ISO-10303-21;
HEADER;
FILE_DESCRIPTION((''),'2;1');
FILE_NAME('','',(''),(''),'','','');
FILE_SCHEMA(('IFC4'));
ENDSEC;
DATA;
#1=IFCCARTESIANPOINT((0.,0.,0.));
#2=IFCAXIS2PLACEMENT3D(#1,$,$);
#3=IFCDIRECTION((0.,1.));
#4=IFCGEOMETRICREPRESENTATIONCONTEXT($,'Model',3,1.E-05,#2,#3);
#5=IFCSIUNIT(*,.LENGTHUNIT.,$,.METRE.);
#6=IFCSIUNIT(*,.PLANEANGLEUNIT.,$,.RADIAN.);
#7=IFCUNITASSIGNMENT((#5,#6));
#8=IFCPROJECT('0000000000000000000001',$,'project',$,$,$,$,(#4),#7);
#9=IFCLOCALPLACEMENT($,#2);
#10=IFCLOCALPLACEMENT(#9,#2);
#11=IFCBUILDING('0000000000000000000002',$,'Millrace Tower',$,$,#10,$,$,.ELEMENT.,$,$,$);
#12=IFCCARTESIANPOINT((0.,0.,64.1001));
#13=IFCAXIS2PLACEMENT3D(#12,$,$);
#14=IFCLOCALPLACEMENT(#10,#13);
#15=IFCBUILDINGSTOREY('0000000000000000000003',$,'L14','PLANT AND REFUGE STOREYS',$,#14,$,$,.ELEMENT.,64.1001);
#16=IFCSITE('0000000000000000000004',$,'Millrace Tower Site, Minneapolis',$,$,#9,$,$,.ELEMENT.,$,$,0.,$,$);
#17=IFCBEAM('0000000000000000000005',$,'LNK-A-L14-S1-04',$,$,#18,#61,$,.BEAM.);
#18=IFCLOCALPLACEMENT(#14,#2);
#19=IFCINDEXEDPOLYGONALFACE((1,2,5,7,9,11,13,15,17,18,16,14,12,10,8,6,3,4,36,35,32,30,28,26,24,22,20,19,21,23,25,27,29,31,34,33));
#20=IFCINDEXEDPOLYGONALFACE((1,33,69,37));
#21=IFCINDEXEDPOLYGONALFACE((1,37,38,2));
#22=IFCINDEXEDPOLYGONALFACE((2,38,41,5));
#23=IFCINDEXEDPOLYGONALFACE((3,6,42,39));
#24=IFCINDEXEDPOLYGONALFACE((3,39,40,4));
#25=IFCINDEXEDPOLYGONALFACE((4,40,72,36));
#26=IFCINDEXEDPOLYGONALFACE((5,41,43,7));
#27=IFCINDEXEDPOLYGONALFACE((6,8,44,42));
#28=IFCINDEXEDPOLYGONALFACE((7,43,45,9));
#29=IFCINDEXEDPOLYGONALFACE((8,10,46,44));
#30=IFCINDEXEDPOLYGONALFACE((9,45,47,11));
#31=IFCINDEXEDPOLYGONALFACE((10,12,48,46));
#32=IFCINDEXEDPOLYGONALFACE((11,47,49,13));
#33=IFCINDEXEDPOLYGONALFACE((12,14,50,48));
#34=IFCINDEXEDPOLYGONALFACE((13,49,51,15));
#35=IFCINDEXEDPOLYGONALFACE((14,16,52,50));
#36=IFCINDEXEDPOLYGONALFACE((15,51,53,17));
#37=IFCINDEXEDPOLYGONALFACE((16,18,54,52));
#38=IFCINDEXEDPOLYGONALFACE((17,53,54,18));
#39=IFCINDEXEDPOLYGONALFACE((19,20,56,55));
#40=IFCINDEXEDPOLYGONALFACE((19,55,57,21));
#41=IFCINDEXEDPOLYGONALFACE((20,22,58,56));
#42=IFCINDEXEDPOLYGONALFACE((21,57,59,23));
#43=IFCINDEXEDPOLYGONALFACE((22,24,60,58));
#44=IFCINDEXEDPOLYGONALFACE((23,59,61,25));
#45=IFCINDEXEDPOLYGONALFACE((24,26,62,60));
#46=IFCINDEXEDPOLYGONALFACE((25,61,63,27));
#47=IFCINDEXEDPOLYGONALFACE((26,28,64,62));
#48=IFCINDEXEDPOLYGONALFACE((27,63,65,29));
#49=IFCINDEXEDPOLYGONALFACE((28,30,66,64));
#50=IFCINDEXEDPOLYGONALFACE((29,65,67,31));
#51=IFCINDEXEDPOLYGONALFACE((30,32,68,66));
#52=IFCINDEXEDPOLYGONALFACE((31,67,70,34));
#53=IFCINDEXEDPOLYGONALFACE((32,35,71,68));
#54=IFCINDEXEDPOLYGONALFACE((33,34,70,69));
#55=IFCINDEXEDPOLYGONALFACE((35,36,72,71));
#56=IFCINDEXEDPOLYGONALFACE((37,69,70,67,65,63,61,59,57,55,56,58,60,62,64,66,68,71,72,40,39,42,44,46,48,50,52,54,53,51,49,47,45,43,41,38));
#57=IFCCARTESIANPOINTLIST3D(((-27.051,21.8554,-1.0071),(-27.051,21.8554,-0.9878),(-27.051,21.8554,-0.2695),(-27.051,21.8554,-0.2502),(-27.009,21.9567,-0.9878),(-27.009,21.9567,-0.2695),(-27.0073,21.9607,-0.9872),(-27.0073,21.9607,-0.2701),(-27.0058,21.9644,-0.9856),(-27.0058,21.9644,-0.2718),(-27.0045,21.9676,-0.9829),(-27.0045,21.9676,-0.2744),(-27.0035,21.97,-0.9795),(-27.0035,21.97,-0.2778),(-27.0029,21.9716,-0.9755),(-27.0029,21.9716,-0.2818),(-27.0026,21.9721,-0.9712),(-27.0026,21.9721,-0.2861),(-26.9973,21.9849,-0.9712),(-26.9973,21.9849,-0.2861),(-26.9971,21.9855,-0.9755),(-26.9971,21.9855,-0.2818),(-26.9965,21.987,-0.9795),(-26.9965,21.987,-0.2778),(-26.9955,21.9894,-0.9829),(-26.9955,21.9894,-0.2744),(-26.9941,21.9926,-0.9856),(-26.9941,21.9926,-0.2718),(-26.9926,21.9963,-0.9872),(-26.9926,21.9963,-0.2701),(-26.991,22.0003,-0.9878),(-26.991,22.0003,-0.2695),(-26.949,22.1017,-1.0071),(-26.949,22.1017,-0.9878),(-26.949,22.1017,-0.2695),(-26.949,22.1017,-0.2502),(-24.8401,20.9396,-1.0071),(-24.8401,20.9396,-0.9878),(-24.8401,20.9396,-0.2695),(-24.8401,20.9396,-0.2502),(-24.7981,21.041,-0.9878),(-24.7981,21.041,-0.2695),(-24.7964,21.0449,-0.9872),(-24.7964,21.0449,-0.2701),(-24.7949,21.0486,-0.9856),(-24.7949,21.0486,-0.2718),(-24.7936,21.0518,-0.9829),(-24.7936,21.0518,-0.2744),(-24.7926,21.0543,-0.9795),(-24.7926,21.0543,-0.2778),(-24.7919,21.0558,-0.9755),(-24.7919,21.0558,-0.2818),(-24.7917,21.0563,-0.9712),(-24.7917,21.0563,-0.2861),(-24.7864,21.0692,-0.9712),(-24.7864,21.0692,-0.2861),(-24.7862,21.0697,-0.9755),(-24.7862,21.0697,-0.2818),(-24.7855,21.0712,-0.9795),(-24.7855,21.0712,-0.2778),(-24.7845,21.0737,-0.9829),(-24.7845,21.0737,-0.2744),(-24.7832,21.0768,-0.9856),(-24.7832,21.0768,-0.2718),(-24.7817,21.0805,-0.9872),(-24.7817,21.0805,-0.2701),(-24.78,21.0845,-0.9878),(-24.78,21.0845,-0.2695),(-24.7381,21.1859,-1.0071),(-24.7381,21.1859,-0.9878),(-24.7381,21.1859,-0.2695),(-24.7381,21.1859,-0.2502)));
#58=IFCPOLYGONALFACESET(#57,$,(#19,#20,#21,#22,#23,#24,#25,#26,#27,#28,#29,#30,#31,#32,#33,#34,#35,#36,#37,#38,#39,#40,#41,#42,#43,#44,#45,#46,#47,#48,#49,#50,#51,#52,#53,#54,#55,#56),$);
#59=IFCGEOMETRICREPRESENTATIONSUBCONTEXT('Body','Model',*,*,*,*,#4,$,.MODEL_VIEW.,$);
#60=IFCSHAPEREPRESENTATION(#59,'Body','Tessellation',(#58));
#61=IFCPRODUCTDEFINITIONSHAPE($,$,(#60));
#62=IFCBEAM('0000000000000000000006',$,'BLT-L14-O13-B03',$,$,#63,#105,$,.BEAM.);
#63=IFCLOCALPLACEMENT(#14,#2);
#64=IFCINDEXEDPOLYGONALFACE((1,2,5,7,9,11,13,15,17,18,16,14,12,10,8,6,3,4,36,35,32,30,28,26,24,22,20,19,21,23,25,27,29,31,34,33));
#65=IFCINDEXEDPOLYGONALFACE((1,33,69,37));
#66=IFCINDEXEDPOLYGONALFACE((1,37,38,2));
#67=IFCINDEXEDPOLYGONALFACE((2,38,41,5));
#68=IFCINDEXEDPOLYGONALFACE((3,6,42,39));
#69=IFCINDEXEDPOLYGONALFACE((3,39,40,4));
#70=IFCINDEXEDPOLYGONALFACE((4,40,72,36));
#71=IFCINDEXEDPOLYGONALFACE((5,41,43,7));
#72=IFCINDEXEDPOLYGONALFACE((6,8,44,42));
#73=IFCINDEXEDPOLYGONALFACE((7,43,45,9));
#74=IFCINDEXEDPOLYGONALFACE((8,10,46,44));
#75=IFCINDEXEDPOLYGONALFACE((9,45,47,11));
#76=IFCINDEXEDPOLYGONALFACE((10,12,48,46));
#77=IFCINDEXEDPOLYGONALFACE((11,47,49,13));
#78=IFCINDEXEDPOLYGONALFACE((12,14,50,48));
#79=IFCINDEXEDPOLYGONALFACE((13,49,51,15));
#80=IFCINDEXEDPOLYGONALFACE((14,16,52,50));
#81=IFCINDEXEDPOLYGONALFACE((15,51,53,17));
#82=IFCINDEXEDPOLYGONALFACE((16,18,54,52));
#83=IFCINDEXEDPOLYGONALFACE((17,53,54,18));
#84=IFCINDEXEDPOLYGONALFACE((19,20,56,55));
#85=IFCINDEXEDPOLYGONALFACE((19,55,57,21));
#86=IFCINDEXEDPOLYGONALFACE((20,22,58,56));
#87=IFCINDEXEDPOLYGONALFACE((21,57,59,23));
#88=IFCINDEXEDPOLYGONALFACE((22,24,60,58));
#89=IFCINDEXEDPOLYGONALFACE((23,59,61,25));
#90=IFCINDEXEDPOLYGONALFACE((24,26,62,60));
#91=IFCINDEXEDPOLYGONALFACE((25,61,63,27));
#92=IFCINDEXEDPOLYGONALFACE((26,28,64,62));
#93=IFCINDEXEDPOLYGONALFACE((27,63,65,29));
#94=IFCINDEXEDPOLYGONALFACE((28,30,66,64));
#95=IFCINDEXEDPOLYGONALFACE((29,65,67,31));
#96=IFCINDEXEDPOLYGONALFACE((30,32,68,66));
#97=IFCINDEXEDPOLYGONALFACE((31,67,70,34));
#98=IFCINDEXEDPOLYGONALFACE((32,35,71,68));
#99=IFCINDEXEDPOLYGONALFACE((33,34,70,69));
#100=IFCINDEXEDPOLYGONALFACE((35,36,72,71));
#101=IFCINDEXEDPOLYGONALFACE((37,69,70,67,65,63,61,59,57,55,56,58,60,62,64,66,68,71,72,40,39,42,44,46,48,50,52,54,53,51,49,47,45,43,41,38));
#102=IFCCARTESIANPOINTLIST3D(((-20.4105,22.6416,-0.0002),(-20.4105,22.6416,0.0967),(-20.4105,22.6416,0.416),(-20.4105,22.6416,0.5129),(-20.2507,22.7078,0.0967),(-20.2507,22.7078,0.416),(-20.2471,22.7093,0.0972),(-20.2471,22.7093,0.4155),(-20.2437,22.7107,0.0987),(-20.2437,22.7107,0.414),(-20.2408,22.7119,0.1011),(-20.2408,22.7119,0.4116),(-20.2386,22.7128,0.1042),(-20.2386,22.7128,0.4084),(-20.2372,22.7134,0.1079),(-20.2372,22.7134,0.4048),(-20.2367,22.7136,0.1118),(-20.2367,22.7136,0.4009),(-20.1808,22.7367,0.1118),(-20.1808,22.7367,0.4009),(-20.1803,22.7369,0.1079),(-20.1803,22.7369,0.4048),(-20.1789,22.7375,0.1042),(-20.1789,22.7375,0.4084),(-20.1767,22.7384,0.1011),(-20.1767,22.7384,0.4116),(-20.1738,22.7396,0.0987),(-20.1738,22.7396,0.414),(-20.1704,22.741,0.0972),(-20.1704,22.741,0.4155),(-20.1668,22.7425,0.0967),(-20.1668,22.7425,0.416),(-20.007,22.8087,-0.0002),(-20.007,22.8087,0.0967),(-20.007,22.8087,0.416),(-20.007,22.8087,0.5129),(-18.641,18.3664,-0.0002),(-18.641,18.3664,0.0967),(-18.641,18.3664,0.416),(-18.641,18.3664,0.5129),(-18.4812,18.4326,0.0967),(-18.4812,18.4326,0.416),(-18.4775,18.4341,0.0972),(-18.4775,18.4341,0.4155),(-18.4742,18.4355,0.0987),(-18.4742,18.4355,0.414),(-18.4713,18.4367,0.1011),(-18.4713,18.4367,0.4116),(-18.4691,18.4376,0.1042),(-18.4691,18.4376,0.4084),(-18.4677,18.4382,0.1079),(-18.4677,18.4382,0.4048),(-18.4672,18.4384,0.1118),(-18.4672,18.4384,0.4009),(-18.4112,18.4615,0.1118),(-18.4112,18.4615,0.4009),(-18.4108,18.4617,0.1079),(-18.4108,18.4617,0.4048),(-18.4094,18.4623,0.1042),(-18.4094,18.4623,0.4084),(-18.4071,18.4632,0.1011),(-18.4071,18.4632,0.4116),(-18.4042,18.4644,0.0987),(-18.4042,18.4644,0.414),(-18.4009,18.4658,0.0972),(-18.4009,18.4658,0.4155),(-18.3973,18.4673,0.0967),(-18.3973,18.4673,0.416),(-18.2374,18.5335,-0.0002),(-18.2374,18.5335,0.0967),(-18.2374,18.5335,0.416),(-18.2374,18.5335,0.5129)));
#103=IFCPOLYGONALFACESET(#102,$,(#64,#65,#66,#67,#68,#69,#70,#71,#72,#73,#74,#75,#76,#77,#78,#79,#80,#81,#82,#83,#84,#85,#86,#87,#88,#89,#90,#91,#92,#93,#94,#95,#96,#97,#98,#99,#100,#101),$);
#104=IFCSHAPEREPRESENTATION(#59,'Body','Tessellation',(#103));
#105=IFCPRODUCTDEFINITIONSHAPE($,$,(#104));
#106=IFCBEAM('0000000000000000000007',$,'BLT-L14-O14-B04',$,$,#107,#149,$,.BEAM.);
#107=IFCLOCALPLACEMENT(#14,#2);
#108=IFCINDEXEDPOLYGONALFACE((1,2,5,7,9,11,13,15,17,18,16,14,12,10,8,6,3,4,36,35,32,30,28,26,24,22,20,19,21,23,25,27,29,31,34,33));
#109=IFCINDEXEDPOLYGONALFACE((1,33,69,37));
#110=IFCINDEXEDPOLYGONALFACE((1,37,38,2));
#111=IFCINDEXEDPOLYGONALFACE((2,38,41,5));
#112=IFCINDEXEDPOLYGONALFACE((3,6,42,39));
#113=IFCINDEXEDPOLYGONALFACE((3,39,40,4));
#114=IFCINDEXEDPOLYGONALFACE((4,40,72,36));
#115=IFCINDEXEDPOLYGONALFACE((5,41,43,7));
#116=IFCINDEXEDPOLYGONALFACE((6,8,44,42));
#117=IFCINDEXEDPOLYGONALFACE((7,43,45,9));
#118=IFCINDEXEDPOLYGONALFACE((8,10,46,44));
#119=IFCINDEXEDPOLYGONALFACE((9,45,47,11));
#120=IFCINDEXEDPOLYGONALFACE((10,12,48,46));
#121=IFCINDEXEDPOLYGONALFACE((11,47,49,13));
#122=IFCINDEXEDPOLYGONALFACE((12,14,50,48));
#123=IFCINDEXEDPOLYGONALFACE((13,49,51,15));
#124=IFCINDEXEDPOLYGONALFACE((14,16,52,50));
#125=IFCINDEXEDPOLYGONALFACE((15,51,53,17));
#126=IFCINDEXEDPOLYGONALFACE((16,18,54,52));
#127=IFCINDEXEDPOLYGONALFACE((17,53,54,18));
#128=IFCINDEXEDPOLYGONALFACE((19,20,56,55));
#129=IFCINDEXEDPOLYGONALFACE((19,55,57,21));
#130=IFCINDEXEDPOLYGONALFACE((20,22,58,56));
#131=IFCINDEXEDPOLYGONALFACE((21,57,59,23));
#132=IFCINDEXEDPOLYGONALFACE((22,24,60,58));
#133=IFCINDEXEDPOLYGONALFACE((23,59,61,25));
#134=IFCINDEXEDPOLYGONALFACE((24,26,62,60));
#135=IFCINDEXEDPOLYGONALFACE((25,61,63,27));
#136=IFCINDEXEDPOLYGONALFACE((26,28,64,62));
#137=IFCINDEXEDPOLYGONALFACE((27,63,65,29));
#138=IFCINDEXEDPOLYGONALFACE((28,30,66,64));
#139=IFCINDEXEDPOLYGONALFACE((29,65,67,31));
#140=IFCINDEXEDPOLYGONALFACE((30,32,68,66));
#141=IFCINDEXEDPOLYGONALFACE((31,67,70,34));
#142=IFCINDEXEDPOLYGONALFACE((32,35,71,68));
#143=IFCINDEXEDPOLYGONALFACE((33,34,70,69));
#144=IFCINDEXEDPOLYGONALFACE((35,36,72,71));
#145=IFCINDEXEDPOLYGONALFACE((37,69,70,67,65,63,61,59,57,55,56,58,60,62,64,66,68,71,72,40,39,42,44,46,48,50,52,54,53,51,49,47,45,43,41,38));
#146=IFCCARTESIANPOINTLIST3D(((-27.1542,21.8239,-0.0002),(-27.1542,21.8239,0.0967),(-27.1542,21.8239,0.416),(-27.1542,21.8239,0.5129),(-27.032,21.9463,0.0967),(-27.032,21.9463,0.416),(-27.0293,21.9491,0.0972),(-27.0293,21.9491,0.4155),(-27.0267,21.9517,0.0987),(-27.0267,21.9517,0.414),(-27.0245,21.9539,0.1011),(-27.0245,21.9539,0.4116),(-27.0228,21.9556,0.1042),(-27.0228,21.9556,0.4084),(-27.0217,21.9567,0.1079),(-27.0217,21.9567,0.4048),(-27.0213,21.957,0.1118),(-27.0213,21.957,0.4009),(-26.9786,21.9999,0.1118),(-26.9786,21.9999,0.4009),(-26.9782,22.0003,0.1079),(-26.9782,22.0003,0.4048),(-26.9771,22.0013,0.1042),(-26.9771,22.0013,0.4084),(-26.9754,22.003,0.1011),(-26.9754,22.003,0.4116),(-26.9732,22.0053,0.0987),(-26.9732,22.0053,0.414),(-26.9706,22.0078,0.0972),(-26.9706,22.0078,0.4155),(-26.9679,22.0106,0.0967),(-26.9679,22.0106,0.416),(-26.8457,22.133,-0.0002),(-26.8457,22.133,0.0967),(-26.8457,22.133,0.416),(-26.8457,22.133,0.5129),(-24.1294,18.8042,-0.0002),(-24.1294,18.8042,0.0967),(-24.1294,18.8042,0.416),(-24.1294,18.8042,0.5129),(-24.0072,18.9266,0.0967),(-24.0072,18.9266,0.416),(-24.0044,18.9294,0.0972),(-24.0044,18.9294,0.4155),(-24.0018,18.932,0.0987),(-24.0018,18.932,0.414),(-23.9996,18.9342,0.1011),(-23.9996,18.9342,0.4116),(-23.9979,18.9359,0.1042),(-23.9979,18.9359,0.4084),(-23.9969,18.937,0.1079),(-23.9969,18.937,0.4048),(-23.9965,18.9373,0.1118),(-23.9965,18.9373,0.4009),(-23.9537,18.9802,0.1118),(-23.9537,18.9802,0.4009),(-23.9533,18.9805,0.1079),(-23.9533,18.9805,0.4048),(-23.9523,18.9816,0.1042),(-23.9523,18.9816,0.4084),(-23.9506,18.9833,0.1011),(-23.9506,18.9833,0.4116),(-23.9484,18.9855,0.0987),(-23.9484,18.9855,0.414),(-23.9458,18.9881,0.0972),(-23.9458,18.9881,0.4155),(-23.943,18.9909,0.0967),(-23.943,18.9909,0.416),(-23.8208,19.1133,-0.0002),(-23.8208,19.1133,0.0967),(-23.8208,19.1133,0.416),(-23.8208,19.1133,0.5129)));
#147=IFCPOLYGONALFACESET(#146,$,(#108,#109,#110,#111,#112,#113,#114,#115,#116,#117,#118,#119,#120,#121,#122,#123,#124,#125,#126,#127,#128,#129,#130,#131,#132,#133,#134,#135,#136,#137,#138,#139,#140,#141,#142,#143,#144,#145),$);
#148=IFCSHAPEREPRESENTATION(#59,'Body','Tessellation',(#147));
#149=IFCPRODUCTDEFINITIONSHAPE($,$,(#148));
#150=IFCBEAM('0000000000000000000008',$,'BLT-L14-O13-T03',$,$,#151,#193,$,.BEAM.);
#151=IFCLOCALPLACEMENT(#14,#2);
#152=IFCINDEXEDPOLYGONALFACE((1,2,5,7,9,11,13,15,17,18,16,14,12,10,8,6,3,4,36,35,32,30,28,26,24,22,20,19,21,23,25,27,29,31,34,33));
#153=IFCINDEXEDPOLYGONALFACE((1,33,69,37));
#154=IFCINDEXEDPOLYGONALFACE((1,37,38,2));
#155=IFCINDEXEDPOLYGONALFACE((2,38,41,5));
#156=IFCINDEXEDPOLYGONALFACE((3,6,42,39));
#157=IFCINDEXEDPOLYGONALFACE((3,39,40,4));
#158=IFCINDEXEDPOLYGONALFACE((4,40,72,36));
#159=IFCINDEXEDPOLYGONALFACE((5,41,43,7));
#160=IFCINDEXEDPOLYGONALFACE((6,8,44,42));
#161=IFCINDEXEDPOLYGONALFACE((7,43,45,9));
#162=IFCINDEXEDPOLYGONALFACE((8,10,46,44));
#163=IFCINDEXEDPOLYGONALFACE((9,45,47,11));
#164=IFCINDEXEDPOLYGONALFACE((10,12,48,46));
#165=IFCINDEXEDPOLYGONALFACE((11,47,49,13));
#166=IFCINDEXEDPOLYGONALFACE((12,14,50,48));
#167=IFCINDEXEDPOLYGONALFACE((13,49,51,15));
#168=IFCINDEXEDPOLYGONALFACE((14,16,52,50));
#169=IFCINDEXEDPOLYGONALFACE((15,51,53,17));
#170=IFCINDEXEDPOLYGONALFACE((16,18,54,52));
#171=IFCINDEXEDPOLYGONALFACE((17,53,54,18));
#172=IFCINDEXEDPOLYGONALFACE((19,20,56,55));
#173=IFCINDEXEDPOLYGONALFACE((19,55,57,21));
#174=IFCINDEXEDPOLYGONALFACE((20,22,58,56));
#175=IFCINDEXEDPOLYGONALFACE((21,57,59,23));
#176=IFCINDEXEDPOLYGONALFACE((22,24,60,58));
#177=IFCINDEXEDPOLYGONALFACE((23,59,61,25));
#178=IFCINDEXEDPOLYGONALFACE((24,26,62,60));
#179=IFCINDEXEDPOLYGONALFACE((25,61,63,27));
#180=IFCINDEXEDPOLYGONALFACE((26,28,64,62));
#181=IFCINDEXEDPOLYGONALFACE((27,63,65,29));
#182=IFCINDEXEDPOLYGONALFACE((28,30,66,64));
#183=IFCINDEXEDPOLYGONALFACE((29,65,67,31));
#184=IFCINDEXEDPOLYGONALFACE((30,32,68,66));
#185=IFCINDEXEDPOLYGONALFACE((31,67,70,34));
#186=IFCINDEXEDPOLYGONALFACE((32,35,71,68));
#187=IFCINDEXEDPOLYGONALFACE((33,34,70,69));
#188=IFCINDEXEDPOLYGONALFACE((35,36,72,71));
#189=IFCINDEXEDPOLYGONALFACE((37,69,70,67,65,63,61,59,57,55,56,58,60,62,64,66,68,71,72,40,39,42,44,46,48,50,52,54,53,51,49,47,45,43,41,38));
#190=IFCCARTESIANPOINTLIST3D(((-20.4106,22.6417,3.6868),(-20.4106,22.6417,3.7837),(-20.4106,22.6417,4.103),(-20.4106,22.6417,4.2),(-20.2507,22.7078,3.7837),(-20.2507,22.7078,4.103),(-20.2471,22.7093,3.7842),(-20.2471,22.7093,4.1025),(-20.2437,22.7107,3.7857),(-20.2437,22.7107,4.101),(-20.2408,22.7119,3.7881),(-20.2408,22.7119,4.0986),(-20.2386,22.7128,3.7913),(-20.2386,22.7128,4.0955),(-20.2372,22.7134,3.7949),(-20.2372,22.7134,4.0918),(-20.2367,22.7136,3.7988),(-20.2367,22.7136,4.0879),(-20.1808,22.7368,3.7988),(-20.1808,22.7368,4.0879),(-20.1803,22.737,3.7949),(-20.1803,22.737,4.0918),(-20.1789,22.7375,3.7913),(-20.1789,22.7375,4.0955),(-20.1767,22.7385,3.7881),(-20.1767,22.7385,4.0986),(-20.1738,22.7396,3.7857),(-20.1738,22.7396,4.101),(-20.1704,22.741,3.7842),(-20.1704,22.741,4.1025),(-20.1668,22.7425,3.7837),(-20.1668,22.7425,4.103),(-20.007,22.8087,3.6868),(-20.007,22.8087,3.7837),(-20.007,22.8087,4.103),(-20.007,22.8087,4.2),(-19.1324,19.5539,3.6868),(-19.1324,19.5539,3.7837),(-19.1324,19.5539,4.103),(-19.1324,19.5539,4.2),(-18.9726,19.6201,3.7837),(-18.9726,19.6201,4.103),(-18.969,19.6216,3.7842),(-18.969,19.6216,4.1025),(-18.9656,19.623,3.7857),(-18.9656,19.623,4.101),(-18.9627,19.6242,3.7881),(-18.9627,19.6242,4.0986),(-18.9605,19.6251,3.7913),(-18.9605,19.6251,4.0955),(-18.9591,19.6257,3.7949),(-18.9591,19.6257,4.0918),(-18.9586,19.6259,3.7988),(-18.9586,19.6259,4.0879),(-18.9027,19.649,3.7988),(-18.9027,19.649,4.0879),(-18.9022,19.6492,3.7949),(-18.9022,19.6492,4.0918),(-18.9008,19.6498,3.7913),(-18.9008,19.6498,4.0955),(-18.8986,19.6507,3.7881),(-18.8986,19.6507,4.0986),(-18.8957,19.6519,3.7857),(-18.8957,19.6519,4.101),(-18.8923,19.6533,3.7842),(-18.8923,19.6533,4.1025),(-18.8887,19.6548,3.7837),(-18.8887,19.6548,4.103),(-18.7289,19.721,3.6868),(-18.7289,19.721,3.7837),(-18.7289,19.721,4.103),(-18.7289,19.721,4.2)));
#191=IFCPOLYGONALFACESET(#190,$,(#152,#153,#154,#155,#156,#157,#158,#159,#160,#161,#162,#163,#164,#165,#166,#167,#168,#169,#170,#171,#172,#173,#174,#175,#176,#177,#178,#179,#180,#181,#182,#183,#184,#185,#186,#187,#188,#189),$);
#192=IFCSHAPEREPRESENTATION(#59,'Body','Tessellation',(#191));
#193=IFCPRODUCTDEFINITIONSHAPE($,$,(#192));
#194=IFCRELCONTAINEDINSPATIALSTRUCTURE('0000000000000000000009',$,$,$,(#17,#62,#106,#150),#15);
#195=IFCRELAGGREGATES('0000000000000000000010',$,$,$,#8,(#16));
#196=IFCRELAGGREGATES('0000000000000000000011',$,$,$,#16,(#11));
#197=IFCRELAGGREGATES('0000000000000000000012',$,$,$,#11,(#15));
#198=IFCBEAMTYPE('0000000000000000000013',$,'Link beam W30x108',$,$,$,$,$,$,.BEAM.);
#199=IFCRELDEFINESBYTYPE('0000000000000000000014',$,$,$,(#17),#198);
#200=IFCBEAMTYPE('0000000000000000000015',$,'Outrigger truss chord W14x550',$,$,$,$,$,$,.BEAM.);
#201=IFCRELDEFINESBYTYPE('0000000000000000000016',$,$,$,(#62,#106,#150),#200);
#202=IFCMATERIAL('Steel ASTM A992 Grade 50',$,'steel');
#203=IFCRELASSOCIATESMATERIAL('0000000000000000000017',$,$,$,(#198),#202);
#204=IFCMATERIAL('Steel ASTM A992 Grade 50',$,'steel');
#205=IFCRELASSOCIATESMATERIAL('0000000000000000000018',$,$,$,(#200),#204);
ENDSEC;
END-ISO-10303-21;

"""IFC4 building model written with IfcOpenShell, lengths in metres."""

from ifc_helpers import new_model, si_unit, direction, frame, origin, origin_2d, place, context, subcontext, project, spatial, i_section, extrude, material, material_profile, profile_set, type_object, element, save


model = new_model("IFC4")

# Units and contexts
model_context = context("Model", 3, precision=1e-05, world=origin(), true_north=direction((0.0, 1.0)))
body_context = subcontext(model_context, "Body", "Model", "MODEL_VIEW")
ifc_project = project(units=[si_unit("LENGTHUNIT", "METRE"), si_unit("PLANEANGLEUNIT", "RADIAN")], contexts=[model_context])

# Site, building, storey
site_placement = place(None, origin())
site = spatial("IfcSite", under=ifc_project, at=site_placement, Name="Millrace Tower Site, Minneapolis", CompositionType="ELEMENT", RefElevation=0.0)
building_placement = place(site_placement, origin())
building = spatial("IfcBuilding", under=site, at=building_placement, Name="Millrace Tower", CompositionType="ELEMENT")
storey_placement = place(building_placement, frame((0.0, 0.0, 64.1001)))
storey = spatial("IfcBuildingStorey", under=building, at=storey_placement, Name="L14", Description="PLANT AND REFUGE STOREYS", CompositionType="ELEMENT", Elevation=64.1001)

# Beams
ifc_material_1 = material(Name="Steel ASTM A992 Grade 50", Category="steel")
ifc_material_profile_1 = material_profile(ifc_material_1, i_section(OverallWidth=0.2666, OverallDepth=0.7568, WebThickness=0.0139, FlangeThickness=0.0193, FilletRadius=0.0166, at=origin_2d()))
ifc_profile_set_1 = profile_set([ifc_material_profile_1], Name="Steel ASTM A992 Grade 50")
beam_type_1 = type_object("IfcBeamType", Name="Link beam W30x108", PredefinedType="BEAM", material=ifc_profile_set_1)
beam_1_placement = place(storey_placement, frame((-24.7891, 21.0627, -0.6287), z_axis=(-0.923884, 0.382673, 0.0), x_axis=(-0.382673, -0.923884, 0.0)))
element("IfcBeam", 1, at=beam_1_placement, inside=storey, type_object=beam_type_1, Name="LNK-A-L14-S1-04", PredefinedType="BEAM", context=body_context, shape_type="SweptSolid", body=[
    extrude(i_section(OverallWidth=0.2666, OverallDepth=0.7568, WebThickness=0.0139, FlangeThickness=0.0193, FilletRadius=0.0166, at=origin_2d()), origin(), (0.0, 0.0, 1.0), 2.3931),
])
ifc_material_2 = material(Name="Steel ASTM A992 Grade 50", Category="steel")
ifc_material_profile_2 = material_profile(ifc_material_2, i_section(OverallWidth=0.4368, OverallDepth=0.5132, WebThickness=0.0605, FlangeThickness=0.0969, FilletRadius=0.0151, at=origin_2d()))
ifc_profile_set_2 = profile_set([ifc_material_profile_2], Name="Steel ASTM A992 Grade 50")
beam_type_2 = type_object("IfcBeamType", Name="Outrigger truss chord W14x550", PredefinedType="BEAM", material=ifc_profile_set_2)
beam_2_placement = place(storey_placement, frame((-18.4392, 18.45, 0.2563), z_axis=(-0.382445, 0.923978, 0.0), x_axis=(-0.923978, -0.382445, 0.0)))
element("IfcBeam", 2, at=beam_2_placement, inside=storey, type_object=beam_type_2, Name="BLT-L14-O13-B03", PredefinedType="BEAM", context=body_context, shape_type="SweptSolid", body=[
    extrude(i_section(OverallWidth=0.4368, OverallDepth=0.5132, WebThickness=0.0605, FlangeThickness=0.0969, FilletRadius=0.0151, at=origin_2d()), origin(), (0.0, 0.0, 1.0), 4.627),
])
beam_3_placement = place(storey_placement, frame((-23.9751, 18.9587, 0.2563), z_axis=(-0.707706, 0.706507, 0.0), x_axis=(-0.706507, -0.707706, 0.0)))
element("IfcBeam", 3, at=beam_3_placement, inside=storey, type_object=beam_type_2, Name="BLT-L14-O14-B04", PredefinedType="BEAM", context=body_context, shape_type="SweptSolid", body=[
    extrude(i_section(OverallWidth=0.4368, OverallDepth=0.5132, WebThickness=0.0605, FlangeThickness=0.0969, FilletRadius=0.0151, at=origin_2d()), origin(), (0.0, 0.0, 1.0), 4.2742),
])
beam_4_placement = place(storey_placement, frame((-18.9307, 19.6375, 3.9434), z_axis=(-0.382461, 0.923971, 0.0), x_axis=(-0.923971, -0.382461, 0.0)))
element("IfcBeam", 4, at=beam_4_placement, inside=storey, type_object=beam_type_2, Name="BLT-L14-O13-T03", PredefinedType="BEAM", context=body_context, shape_type="SweptSolid", body=[
    extrude(i_section(OverallWidth=0.4368, OverallDepth=0.5132, WebThickness=0.0605, FlangeThickness=0.0969, FilletRadius=0.0151, at=origin_2d()), origin(), (0.0, 0.0, 1.0), 3.3418),
])

save(model, "model.ifc")
